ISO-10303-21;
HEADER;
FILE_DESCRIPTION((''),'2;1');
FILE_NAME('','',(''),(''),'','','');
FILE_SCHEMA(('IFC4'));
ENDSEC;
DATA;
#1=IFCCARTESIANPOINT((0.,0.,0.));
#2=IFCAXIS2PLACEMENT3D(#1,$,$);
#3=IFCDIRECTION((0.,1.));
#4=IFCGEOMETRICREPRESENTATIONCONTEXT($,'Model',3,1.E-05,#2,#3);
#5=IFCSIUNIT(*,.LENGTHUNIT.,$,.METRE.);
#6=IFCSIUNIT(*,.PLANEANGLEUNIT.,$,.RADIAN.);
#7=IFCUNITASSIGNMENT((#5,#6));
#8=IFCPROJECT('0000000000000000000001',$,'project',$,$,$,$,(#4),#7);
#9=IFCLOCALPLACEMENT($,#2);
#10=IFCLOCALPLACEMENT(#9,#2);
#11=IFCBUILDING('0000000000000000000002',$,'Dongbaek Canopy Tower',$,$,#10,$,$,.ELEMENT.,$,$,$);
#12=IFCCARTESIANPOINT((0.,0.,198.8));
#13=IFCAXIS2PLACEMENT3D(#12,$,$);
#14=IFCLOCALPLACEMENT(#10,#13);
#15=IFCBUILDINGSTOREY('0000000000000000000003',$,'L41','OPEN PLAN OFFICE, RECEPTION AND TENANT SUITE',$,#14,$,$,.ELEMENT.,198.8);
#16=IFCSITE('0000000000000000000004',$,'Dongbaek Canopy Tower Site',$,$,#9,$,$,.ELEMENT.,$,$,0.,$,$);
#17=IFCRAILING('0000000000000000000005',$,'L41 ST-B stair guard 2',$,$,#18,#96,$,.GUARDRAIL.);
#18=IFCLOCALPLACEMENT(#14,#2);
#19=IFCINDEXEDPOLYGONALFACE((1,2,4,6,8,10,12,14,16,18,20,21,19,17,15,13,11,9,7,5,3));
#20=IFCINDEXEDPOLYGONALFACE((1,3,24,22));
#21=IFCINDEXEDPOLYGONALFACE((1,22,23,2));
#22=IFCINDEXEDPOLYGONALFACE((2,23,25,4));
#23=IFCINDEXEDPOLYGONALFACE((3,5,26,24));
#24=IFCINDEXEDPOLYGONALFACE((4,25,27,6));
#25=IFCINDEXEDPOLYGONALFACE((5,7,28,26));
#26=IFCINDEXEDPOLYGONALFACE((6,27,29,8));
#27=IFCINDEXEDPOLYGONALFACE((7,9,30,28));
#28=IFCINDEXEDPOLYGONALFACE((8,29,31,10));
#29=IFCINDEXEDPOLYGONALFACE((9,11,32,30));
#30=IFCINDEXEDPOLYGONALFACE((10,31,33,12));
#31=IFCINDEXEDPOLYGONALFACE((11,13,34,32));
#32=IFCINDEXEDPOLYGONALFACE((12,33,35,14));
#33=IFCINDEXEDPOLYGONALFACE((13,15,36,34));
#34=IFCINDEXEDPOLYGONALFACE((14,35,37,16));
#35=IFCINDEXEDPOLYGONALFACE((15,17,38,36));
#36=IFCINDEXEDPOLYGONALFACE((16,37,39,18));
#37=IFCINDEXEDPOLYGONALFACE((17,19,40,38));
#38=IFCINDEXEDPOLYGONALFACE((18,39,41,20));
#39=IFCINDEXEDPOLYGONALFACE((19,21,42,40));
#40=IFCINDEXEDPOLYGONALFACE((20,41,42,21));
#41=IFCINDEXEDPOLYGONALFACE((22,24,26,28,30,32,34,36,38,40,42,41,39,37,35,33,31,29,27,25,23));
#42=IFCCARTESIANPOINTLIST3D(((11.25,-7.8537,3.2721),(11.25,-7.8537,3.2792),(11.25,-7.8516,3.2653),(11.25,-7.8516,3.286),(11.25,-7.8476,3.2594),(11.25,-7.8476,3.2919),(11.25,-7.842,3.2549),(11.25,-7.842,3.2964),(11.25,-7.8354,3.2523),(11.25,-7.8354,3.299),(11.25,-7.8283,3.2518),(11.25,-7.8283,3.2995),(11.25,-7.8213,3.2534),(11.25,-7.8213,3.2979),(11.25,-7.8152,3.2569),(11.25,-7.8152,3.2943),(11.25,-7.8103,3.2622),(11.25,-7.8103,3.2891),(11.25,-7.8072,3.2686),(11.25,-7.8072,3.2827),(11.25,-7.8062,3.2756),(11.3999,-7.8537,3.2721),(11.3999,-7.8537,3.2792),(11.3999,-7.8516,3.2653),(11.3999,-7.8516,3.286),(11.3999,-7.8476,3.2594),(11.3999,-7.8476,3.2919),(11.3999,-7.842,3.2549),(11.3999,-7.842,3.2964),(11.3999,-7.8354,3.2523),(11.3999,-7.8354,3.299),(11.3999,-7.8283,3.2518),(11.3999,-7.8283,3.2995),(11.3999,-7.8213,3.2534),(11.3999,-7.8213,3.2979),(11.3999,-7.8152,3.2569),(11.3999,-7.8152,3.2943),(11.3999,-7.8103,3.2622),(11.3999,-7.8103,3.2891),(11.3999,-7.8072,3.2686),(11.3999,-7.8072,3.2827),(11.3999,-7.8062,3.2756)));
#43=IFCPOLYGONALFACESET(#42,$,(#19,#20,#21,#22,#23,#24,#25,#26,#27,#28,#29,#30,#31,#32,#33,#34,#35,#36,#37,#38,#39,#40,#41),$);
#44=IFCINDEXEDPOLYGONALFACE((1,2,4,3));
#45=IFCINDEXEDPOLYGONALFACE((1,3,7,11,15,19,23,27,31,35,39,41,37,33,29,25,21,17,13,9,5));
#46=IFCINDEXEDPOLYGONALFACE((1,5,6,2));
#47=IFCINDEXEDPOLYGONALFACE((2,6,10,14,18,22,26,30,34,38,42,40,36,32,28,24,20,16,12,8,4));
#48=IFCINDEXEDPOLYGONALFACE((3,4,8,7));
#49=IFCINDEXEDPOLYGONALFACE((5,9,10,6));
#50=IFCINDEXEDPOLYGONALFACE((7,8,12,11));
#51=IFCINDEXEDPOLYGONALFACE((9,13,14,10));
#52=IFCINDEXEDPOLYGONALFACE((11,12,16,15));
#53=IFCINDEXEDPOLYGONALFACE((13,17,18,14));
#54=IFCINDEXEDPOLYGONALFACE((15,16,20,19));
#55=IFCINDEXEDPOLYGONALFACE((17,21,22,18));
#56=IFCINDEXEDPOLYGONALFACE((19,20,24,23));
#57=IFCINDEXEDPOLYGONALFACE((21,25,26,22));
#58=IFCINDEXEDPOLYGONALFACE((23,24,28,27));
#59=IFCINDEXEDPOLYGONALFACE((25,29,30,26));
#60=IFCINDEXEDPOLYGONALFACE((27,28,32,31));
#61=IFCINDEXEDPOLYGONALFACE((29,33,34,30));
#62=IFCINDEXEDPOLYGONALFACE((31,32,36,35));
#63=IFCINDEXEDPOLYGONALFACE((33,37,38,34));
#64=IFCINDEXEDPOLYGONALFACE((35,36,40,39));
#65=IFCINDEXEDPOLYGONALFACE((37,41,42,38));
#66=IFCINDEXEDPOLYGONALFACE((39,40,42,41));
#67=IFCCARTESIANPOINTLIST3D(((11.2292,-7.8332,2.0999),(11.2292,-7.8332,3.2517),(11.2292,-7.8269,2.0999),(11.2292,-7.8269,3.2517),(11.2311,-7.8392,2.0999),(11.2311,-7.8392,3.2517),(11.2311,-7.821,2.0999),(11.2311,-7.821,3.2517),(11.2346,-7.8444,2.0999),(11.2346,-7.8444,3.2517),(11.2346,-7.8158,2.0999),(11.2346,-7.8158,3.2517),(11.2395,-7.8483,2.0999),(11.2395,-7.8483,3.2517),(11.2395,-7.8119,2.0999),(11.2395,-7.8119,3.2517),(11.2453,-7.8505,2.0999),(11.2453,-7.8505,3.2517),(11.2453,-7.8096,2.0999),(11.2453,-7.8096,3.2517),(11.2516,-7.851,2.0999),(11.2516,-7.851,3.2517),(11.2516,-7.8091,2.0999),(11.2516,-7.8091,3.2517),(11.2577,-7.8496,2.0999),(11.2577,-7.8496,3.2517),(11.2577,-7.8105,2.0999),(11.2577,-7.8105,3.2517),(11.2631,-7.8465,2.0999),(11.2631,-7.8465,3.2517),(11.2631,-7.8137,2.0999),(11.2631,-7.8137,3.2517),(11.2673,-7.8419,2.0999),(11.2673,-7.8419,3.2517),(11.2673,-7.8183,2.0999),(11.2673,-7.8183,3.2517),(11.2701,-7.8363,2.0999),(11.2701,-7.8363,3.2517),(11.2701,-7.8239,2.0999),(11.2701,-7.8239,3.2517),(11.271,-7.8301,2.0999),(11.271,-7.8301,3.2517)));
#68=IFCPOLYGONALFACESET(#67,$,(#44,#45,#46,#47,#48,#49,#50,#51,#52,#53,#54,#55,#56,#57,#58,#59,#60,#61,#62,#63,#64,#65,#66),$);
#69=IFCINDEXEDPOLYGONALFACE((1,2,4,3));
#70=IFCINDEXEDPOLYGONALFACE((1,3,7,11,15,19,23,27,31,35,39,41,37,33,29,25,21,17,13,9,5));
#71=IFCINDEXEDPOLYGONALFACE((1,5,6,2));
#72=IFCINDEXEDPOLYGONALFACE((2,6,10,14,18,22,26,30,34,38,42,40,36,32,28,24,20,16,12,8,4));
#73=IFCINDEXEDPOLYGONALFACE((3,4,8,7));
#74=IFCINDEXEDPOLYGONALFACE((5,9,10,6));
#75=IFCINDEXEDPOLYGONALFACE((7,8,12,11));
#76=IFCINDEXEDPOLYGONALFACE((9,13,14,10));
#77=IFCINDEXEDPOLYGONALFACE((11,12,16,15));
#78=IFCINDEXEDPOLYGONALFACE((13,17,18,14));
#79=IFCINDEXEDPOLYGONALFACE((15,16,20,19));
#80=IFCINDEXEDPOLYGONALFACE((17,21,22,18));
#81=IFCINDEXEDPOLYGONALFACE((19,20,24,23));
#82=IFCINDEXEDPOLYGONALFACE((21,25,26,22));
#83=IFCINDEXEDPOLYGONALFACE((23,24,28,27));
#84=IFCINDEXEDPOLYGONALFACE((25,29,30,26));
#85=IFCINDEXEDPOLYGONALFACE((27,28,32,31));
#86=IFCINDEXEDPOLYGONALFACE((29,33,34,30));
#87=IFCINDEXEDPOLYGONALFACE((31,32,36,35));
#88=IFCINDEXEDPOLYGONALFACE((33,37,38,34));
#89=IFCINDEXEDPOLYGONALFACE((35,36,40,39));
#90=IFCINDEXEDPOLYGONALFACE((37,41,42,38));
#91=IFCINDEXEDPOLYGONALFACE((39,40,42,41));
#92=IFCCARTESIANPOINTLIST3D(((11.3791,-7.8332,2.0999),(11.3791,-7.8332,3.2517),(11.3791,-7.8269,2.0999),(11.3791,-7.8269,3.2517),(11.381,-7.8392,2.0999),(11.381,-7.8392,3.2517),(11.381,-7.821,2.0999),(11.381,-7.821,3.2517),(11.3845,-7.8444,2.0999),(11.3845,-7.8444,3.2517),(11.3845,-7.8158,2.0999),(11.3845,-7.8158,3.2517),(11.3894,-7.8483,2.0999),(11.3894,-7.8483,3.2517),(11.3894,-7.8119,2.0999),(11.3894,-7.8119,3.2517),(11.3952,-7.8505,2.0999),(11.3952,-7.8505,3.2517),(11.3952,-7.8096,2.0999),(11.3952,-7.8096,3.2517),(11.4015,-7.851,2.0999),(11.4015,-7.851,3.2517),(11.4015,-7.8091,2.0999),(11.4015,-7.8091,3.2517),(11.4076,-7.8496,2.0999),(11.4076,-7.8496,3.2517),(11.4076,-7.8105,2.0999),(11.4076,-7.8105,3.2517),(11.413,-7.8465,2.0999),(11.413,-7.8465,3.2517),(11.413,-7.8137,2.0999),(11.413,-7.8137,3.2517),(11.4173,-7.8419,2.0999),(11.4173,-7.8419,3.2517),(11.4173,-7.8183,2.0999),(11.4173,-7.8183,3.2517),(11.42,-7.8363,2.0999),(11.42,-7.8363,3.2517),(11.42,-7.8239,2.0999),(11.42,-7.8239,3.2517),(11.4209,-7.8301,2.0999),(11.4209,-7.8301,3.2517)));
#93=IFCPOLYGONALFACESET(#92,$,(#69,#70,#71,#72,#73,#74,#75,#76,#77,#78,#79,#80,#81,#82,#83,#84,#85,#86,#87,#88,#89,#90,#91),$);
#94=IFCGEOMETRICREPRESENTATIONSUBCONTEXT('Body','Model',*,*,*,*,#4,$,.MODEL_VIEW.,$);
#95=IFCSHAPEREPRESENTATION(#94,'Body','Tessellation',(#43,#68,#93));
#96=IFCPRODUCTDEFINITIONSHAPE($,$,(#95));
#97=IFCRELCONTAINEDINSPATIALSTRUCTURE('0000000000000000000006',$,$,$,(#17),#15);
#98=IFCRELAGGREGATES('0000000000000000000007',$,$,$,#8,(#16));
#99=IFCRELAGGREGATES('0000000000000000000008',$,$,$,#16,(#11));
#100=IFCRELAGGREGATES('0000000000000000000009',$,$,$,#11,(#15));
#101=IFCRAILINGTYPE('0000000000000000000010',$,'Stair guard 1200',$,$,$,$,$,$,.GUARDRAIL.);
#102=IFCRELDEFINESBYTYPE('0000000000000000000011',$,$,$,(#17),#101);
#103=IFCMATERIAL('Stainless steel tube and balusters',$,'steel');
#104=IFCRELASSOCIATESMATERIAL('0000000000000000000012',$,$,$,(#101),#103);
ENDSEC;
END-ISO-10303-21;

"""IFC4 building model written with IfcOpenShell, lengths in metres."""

from ifc_helpers import new_model, si_unit, direction, frame, origin, origin_2d, place, context, subcontext, project, spatial, circle, extrude, material, type_object, element, save


model = new_model("IFC4")

# Units and contexts
model_context = context("Model", 3, precision=1e-05, world=origin(), true_north=direction((0.0, 1.0)))
body_context = subcontext(model_context, "Body", "Model", "MODEL_VIEW")
ifc_project = project(units=[si_unit("LENGTHUNIT", "METRE"), si_unit("PLANEANGLEUNIT", "RADIAN")], contexts=[model_context])

# Site, building, storey
site_placement = place(None, origin())
site = spatial("IfcSite", under=ifc_project, at=site_placement, Name="Dongbaek Canopy Tower Site", CompositionType="ELEMENT", RefElevation=0.0)
building_placement = place(site_placement, origin())
building = spatial("IfcBuilding", under=site, at=building_placement, Name="Dongbaek Canopy Tower", CompositionType="ELEMENT")
storey_placement = place(building_placement, frame((0.0, 0.0, 198.8)))
storey = spatial("IfcBuildingStorey", under=building, at=storey_placement, Name="L41", Description="OPEN PLAN OFFICE, RECEPTION AND TENANT SUITE", CompositionType="ELEMENT", Elevation=198.8)

# Railing
ifc_material_1 = material(Name="Stainless steel tube and balusters", Category="steel")
railing_type_1 = type_object("IfcRailingType", Name="Stair guard 1200", PredefinedType="GUARDRAIL", material=ifc_material_1)
railing_1_placement = place(storey_placement, frame((11.25, -7.8301, 2.0999)))
element("IfcRailing", 1, at=railing_1_placement, inside=storey, type_object=railing_type_1, Name="L41 ST-B stair guard 2", PredefinedType="GUARDRAIL", context=body_context, shape_type="SweptSolid", body=[
    extrude(circle(Radius=0.0239, at=origin_2d()), frame((0.0, 0.0, 1.1758), z_axis=(1.0, 0.0, 0.0), x_axis=(0.0, 1.0, 0.0)), (0.0, 0.0, 1.0), 0.1499),
    extrude(circle(Radius=0.021, at=origin_2d()), origin(), (0.0, 0.0, 1.0), 1.1519),
    extrude(circle(Radius=0.021, at=origin_2d()), frame((0.1499, 0.0, 0.0)), (0.0, 0.0, 1.0), 1.1519),
])

save(model, "model.ifc")
